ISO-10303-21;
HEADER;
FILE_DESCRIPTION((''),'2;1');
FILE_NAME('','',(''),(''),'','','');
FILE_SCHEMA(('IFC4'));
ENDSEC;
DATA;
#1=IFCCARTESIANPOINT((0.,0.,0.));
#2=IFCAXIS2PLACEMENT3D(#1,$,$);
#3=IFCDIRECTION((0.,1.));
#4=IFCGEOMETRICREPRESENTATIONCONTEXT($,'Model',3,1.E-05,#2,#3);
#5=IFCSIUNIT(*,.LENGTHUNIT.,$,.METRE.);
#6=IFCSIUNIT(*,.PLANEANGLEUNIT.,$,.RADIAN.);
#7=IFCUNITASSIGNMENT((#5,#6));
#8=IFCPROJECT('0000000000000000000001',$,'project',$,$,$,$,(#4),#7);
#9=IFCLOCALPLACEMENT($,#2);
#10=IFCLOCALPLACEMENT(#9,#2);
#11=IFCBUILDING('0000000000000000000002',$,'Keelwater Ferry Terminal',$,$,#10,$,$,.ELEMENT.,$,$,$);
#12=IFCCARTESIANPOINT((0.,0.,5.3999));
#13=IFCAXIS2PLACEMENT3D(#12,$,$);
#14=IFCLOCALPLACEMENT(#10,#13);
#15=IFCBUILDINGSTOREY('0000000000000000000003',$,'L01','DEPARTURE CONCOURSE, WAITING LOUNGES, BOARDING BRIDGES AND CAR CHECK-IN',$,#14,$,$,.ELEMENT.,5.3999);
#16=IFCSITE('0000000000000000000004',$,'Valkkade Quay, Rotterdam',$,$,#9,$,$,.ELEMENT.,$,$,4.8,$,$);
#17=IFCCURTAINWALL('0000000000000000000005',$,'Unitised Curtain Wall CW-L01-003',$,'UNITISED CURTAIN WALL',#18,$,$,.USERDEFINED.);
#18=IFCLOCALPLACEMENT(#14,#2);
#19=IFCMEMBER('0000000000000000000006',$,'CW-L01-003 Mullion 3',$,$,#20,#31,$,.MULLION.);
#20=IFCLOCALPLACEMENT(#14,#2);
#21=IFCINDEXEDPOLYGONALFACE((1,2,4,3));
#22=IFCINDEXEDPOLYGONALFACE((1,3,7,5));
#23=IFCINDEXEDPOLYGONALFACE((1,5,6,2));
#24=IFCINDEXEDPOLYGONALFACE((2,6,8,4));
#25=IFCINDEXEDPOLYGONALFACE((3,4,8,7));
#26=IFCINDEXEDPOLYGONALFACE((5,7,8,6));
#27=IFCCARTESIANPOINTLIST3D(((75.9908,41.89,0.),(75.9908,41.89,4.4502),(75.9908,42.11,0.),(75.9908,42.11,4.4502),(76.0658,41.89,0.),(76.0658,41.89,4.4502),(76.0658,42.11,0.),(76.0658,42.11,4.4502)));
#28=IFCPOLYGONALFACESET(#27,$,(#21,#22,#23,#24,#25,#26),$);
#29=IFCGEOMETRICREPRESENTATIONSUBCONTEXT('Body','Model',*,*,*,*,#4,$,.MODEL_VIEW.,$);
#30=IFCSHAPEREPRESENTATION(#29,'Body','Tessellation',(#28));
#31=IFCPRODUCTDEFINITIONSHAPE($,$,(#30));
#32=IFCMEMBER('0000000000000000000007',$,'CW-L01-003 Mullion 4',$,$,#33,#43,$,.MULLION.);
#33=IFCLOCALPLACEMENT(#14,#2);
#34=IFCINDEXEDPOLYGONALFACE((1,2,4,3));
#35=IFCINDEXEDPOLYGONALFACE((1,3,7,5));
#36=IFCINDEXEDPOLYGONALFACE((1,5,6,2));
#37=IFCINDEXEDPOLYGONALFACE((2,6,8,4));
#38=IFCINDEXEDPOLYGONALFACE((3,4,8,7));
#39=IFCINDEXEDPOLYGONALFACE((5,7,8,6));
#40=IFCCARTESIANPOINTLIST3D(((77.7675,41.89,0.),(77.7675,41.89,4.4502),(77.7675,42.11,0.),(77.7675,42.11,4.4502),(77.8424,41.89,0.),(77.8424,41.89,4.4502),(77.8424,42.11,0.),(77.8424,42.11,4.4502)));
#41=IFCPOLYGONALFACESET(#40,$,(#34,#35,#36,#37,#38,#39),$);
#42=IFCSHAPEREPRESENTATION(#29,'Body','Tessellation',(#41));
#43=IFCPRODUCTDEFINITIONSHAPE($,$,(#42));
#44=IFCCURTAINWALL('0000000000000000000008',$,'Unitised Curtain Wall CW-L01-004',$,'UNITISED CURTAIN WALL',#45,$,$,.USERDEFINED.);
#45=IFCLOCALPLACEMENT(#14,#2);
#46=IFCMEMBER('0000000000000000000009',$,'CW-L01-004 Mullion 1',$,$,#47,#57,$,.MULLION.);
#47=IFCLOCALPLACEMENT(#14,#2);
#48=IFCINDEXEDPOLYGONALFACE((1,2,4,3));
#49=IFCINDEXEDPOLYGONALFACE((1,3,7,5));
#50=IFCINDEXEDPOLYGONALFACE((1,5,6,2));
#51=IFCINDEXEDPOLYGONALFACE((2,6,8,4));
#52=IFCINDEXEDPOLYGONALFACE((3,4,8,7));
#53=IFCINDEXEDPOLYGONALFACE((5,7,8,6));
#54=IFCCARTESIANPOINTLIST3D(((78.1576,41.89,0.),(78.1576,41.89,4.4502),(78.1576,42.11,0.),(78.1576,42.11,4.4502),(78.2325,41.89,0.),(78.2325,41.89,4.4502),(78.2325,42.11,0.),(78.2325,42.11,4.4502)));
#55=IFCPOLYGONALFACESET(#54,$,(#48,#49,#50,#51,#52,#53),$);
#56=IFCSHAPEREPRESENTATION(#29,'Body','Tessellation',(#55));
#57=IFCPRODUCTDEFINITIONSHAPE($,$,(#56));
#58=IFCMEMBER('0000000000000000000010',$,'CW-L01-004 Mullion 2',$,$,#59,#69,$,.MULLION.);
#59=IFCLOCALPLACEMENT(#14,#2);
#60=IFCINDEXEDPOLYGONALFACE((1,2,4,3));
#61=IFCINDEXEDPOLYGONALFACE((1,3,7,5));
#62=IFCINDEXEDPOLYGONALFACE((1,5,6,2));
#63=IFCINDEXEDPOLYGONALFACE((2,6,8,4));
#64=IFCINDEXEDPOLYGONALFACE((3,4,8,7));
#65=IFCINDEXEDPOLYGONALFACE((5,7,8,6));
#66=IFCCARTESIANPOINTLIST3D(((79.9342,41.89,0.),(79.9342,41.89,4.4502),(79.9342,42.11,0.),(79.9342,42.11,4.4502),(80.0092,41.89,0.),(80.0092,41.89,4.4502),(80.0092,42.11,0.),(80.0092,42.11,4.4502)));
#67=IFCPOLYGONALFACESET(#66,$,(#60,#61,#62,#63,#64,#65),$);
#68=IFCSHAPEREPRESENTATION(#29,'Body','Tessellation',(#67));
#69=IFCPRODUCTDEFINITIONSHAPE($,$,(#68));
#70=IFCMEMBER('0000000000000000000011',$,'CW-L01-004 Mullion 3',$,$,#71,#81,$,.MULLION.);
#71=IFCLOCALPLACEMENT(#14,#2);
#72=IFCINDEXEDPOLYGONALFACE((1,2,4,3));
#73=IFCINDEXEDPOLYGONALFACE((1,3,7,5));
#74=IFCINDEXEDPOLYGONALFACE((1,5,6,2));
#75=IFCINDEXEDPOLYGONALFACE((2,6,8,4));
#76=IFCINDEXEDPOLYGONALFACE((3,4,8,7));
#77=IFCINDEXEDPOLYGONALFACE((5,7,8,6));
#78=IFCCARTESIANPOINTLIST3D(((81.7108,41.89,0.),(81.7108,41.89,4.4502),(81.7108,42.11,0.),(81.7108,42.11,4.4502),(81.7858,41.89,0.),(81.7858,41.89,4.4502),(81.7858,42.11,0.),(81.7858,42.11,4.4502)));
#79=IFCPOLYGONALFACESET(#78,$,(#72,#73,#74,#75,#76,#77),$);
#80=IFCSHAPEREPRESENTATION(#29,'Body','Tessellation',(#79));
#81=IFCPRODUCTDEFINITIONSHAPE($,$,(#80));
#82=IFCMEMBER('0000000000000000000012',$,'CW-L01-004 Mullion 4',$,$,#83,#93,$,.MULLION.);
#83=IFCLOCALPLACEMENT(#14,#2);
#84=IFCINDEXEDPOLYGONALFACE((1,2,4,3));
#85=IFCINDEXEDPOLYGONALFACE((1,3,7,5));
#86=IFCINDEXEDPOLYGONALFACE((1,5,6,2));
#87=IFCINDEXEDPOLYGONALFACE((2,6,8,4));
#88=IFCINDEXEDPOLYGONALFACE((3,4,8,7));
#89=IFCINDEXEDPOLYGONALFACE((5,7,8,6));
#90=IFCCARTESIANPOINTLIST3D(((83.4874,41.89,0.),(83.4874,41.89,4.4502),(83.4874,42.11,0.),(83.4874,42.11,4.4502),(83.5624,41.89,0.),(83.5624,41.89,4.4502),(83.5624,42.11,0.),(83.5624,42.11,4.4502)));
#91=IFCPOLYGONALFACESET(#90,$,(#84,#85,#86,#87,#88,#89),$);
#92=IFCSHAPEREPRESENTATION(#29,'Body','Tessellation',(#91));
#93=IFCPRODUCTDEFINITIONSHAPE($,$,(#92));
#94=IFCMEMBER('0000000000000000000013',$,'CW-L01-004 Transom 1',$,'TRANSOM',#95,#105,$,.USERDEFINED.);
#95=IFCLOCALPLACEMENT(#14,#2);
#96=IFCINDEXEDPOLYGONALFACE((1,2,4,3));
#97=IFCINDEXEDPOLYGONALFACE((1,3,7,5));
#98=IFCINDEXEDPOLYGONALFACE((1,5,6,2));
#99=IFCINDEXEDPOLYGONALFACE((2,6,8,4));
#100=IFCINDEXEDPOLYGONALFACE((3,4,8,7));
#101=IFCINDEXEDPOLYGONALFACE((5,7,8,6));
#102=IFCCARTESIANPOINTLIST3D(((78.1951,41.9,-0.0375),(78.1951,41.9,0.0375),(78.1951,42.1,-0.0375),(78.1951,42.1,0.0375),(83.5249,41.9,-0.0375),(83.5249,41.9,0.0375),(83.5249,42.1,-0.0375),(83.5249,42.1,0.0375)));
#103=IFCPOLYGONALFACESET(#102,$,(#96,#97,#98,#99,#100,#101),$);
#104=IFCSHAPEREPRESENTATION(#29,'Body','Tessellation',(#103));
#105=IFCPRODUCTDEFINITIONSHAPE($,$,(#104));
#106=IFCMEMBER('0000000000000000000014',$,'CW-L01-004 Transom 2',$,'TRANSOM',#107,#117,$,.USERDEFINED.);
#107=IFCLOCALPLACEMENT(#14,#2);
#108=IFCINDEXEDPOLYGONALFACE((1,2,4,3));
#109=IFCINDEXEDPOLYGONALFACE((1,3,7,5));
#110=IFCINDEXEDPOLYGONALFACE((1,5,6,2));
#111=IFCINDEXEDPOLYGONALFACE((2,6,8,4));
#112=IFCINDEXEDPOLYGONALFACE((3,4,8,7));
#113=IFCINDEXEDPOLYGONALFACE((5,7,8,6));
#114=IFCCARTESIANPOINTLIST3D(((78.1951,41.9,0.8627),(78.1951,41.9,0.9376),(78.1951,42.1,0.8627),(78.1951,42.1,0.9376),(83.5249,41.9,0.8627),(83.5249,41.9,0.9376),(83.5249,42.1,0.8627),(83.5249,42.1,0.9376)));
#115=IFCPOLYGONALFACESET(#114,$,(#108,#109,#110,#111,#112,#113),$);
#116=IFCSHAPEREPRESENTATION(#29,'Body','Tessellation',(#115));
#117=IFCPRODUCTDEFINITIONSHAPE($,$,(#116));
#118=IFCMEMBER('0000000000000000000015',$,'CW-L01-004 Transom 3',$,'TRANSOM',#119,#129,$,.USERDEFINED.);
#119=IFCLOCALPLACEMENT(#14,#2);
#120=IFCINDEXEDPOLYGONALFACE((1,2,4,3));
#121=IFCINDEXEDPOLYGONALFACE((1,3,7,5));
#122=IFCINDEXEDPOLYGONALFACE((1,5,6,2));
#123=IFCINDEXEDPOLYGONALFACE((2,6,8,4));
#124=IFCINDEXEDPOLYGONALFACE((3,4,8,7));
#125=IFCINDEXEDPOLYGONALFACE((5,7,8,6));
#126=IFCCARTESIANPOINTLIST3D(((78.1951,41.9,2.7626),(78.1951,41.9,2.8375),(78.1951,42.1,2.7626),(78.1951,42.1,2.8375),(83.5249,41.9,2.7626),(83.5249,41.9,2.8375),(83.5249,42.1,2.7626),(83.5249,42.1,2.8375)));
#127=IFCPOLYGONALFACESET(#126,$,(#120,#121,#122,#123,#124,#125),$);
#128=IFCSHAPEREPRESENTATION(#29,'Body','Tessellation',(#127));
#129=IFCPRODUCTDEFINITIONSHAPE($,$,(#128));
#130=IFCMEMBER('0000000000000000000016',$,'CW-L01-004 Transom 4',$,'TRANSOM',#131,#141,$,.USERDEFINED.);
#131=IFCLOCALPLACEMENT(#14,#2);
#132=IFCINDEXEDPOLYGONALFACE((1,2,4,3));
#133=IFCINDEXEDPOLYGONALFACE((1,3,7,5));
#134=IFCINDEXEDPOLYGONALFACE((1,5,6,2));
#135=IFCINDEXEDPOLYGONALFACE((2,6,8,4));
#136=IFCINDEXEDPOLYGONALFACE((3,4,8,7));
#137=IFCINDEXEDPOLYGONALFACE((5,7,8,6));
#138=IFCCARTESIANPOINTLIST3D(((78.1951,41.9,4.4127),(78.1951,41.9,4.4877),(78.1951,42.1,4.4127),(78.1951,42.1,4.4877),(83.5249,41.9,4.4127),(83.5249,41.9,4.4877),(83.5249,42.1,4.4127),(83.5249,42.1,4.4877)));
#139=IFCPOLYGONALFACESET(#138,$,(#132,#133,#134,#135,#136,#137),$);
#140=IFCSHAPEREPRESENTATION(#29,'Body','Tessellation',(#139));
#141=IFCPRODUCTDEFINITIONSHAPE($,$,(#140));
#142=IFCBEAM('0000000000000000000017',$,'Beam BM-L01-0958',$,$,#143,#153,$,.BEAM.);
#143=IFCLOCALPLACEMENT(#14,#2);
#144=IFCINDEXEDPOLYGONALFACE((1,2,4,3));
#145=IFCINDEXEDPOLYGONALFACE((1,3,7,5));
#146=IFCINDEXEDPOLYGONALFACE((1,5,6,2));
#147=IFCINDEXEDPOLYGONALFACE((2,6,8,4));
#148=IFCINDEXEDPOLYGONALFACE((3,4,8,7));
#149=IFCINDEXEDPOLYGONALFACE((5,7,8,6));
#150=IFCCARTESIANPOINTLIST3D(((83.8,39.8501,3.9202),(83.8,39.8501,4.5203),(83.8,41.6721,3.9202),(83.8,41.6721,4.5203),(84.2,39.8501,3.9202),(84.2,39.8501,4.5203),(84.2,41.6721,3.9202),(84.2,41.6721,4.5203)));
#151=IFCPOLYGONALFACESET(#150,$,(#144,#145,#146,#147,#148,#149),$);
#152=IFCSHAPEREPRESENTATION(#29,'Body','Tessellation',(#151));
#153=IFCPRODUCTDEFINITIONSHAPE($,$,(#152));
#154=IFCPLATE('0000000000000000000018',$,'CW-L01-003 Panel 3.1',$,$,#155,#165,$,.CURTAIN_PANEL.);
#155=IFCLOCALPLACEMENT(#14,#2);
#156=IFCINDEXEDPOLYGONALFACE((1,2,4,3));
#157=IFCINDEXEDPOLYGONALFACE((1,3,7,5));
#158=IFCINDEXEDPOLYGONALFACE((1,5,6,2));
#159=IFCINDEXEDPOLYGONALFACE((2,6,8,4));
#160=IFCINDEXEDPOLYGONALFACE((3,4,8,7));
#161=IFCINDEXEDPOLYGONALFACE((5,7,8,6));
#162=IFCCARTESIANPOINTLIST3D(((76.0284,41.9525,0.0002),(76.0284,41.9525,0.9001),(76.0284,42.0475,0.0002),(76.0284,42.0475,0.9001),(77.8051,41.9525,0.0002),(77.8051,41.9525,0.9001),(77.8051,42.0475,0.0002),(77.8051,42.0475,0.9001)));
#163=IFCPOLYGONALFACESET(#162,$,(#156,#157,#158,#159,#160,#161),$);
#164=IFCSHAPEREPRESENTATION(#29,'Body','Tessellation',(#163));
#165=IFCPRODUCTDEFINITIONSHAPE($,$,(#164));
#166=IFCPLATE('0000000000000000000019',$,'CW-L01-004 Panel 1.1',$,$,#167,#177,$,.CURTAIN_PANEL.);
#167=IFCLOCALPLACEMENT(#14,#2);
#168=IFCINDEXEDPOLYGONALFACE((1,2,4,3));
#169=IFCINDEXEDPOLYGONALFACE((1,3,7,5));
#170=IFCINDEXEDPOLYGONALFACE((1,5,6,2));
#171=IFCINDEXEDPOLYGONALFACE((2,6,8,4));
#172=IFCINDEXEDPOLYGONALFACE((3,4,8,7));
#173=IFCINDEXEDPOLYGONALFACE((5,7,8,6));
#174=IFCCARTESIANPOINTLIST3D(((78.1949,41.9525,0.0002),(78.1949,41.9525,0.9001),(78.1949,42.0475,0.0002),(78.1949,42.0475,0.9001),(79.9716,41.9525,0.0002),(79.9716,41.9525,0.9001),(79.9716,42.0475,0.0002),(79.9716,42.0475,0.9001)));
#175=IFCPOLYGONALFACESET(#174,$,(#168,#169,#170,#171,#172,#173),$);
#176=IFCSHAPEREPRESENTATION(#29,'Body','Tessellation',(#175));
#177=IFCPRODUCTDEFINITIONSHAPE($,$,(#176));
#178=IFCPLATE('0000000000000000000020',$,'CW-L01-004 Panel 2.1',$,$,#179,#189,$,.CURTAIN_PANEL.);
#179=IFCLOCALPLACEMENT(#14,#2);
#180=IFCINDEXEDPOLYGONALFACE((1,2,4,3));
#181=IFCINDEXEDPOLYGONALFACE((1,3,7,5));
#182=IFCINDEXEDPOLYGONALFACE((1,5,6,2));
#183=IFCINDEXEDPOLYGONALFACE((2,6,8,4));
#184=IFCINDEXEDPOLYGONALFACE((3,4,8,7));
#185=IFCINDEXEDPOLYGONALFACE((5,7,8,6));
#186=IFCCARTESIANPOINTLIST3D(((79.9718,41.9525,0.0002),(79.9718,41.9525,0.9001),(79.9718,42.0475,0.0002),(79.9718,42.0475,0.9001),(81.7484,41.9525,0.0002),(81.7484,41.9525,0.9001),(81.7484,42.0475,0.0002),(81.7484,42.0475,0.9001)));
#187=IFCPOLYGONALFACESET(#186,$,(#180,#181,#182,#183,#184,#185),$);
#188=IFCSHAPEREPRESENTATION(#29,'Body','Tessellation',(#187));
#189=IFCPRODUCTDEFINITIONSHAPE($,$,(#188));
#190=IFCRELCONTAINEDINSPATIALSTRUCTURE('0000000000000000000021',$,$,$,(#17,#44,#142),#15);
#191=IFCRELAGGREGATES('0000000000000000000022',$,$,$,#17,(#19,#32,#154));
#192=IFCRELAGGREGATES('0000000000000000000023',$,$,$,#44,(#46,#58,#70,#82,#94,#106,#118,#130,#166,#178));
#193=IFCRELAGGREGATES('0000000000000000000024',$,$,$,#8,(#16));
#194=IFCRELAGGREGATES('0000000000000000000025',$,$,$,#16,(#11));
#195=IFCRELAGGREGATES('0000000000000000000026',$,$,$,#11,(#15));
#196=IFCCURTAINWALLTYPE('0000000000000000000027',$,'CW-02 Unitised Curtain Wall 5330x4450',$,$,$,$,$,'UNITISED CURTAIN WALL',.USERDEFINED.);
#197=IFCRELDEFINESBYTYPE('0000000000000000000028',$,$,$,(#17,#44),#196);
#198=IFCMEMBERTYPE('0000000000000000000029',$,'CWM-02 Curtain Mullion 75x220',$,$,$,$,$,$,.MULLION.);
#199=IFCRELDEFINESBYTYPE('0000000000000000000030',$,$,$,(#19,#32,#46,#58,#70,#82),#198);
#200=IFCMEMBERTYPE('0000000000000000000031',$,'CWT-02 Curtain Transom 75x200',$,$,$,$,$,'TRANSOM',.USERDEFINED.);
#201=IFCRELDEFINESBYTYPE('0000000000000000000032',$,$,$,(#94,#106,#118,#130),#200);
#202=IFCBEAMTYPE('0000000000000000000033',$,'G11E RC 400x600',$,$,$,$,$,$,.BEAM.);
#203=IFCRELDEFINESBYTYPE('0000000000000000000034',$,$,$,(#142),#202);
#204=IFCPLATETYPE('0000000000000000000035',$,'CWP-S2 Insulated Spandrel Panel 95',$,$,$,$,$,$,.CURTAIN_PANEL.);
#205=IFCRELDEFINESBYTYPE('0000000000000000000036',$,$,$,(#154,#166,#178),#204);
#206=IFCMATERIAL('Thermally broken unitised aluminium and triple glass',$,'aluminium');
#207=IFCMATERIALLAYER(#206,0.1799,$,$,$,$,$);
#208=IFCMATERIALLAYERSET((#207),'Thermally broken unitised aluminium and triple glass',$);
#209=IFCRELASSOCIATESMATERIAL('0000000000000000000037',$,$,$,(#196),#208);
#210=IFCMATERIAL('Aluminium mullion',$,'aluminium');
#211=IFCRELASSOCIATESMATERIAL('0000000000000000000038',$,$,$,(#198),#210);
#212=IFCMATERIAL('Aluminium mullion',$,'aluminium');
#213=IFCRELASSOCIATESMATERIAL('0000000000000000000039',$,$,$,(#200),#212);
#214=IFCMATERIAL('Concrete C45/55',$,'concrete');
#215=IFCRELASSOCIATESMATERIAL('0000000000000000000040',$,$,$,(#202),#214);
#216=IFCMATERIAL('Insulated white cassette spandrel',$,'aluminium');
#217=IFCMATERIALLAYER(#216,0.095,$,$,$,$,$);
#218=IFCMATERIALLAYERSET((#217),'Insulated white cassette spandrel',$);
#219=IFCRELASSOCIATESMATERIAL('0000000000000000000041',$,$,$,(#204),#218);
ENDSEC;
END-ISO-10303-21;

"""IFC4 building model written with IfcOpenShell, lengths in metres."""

from ifc_helpers import new_model, si_unit, direction, frame, origin, origin_2d, place, context, subcontext, project, spatial, rectangle, extrude, material, layer, layer_set, material_profile, profile_set, type_object, element, aggregate, save


model = new_model("IFC4")

# Units and contexts
model_context = context("Model", 3, precision=1e-05, world=origin(), true_north=direction((0.0, 1.0)))
body_context = subcontext(model_context, "Body", "Model", "MODEL_VIEW")
ifc_project = project(units=[si_unit("LENGTHUNIT", "METRE"), si_unit("PLANEANGLEUNIT", "RADIAN")], contexts=[model_context])

# Site, building, storey
site_placement = place(None, origin())
site = spatial("IfcSite", under=ifc_project, at=site_placement, Name="Valkkade Quay, Rotterdam", CompositionType="ELEMENT", RefElevation=4.8)
building_placement = place(site_placement, origin())
building = spatial("IfcBuilding", under=site, at=building_placement, Name="Keelwater Ferry Terminal", CompositionType="ELEMENT")
storey_placement = place(building_placement, frame((0.0, 0.0, 5.3999)))
storey = spatial("IfcBuildingStorey", under=building, at=storey_placement, Name="L01", Description="DEPARTURE CONCOURSE, WAITING LOUNGES, BOARDING BRIDGES AND CAR CHECK-IN", CompositionType="ELEMENT", Elevation=5.3999)

# Curtain walls, members
ifc_material_1 = material(Name="Thermally broken unitised aluminium and triple glass", Category="aluminium")
ifc_layer_1 = layer(ifc_material_1, 0.1799)
ifc_layer_set_1 = layer_set([ifc_layer_1], Name="Thermally broken unitised aluminium and triple glass")
curtain_wall_type = type_object("IfcCurtainWallType", Name="CW-02 Unitised Curtain Wall 5330x4450", ElementType="UNITISED CURTAIN WALL", PredefinedType="USERDEFINED", material=ifc_layer_set_1)
curtain_wall_1_placement = place(storey_placement, origin())
curtain_wall_1 = element("IfcCurtainWall", 1, at=curtain_wall_1_placement, inside=storey, type_object=curtain_wall_type, Name="Unitised Curtain Wall CW-L01-003", ObjectType="UNITISED CURTAIN WALL", PredefinedType="USERDEFINED")
ifc_material_2 = material(Name="Aluminium mullion", Category="aluminium")
ifc_material_profile_1 = material_profile(ifc_material_2, rectangle(XDim=0.075, YDim=0.22, at=origin_2d()), Name="CWM-02")
ifc_profile_set_1 = profile_set([ifc_material_profile_1], Name="Aluminium mullion")
member_type_1 = type_object("IfcMemberType", Name="CWM-02 Curtain Mullion 75x220", PredefinedType="MULLION", material=ifc_profile_set_1)
member_1_placement = place(storey_placement, frame((76.0283, 42.0, 0.0), z_axis=(0.0, 0.0, 1.0), x_axis=(1.0, 0.0, 0.0)))
member_1 = element("IfcMember", 2, at=member_1_placement, type_object=member_type_1, Name="CW-L01-003 Mullion 3", PredefinedType="MULLION", context=body_context, shape_type="SweptSolid", body=[
    extrude(rectangle(XDim=0.075, YDim=0.22, at=origin_2d()), origin(), (0.0, 0.0, 1.0), 4.4502),
])
member_2_placement = place(storey_placement, frame((77.8049, 42.0, 0.0), z_axis=(0.0, 0.0, 1.0), x_axis=(1.0, 0.0, 0.0)))
member_2 = element("IfcMember", 3, at=member_2_placement, type_object=member_type_1, Name="CW-L01-003 Mullion 4", PredefinedType="MULLION", context=body_context, shape_type="SweptSolid", body=[
    extrude(rectangle(XDim=0.075, YDim=0.22, at=origin_2d()), origin(), (0.0, 0.0, 1.0), 4.4502),
])
curtain_wall_2_placement = place(storey_placement, origin())
curtain_wall_2 = element("IfcCurtainWall", 4, at=curtain_wall_2_placement, inside=storey, type_object=curtain_wall_type, Name="Unitised Curtain Wall CW-L01-004", ObjectType="UNITISED CURTAIN WALL", PredefinedType="USERDEFINED")
member_3_placement = place(storey_placement, frame((78.1951, 42.0, 0.0), z_axis=(0.0, 0.0, 1.0), x_axis=(1.0, 0.0, 0.0)))
member_3 = element("IfcMember", 5, at=member_3_placement, type_object=member_type_1, Name="CW-L01-004 Mullion 1", PredefinedType="MULLION", context=body_context, shape_type="SweptSolid", body=[
    extrude(rectangle(XDim=0.075, YDim=0.22, at=origin_2d()), origin(), (0.0, 0.0, 1.0), 4.4502),
])
member_4_placement = place(storey_placement, frame((79.9717, 42.0, 0.0), z_axis=(0.0, 0.0, 1.0), x_axis=(1.0, 0.0, 0.0)))
member_4 = element("IfcMember", 6, at=member_4_placement, type_object=member_type_1, Name="CW-L01-004 Mullion 2", PredefinedType="MULLION", context=body_context, shape_type="SweptSolid", body=[
    extrude(rectangle(XDim=0.075, YDim=0.22, at=origin_2d()), origin(), (0.0, 0.0, 1.0), 4.4502),
])
member_5_placement = place(storey_placement, frame((81.7483, 42.0, 0.0), z_axis=(0.0, 0.0, 1.0), x_axis=(1.0, 0.0, 0.0)))
member_5 = element("IfcMember", 7, at=member_5_placement, type_object=member_type_1, Name="CW-L01-004 Mullion 3", PredefinedType="MULLION", context=body_context, shape_type="SweptSolid", body=[
    extrude(rectangle(XDim=0.075, YDim=0.22, at=origin_2d()), origin(), (0.0, 0.0, 1.0), 4.4502),
])
member_6_placement = place(storey_placement, frame((83.5249, 42.0, 0.0), z_axis=(0.0, 0.0, 1.0), x_axis=(1.0, 0.0, 0.0)))
member_6 = element("IfcMember", 8, at=member_6_placement, type_object=member_type_1, Name="CW-L01-004 Mullion 4", PredefinedType="MULLION", context=body_context, shape_type="SweptSolid", body=[
    extrude(rectangle(XDim=0.075, YDim=0.22, at=origin_2d()), origin(), (0.0, 0.0, 1.0), 4.4502),
])
ifc_material_3 = material(Name="Aluminium mullion", Category="aluminium")
ifc_material_profile_2 = material_profile(ifc_material_3, rectangle(XDim=0.2, YDim=0.075, at=origin_2d()), Name="CWT-02")
ifc_profile_set_2 = profile_set([ifc_material_profile_2], Name="Aluminium mullion")
member_type_2 = type_object("IfcMemberType", Name="CWT-02 Curtain Transom 75x200", ElementType="TRANSOM", PredefinedType="USERDEFINED", material=ifc_profile_set_2)
member_7_placement = place(storey_placement, frame((78.1951, 42.0, 0.0), z_axis=(1.0, 0.0, 0.0), x_axis=(0.0, 1.0, 0.0)))
member_7 = element("IfcMember", 9, at=member_7_placement, type_object=member_type_2, Name="CW-L01-004 Transom 1", ObjectType="TRANSOM", PredefinedType="USERDEFINED", context=body_context, shape_type="SweptSolid", body=[
    extrude(rectangle(XDim=0.2, YDim=0.075, at=origin_2d()), origin(), (0.0, 0.0, 1.0), 5.3298),
])
member_8_placement = place(storey_placement, frame((78.1951, 42.0, 0.9001), z_axis=(1.0, 0.0, 0.0), x_axis=(0.0, 1.0, 0.0)))
member_8 = element("IfcMember", 10, at=member_8_placement, type_object=member_type_2, Name="CW-L01-004 Transom 2", ObjectType="TRANSOM", PredefinedType="USERDEFINED", context=body_context, shape_type="SweptSolid", body=[
    extrude(rectangle(XDim=0.2, YDim=0.075, at=origin_2d()), origin(), (0.0, 0.0, 1.0), 5.3298),
])
member_9_placement = place(storey_placement, frame((78.1951, 42.0, 2.8), z_axis=(1.0, 0.0, 0.0), x_axis=(0.0, 1.0, 0.0)))
member_9 = element("IfcMember", 11, at=member_9_placement, type_object=member_type_2, Name="CW-L01-004 Transom 3", ObjectType="TRANSOM", PredefinedType="USERDEFINED", context=body_context, shape_type="SweptSolid", body=[
    extrude(rectangle(XDim=0.2, YDim=0.075, at=origin_2d()), origin(), (0.0, 0.0, 1.0), 5.3298),
])
member_10_placement = place(storey_placement, frame((78.1951, 42.0, 4.4502), z_axis=(1.0, 0.0, 0.0), x_axis=(0.0, 1.0, 0.0)))
member_10 = element("IfcMember", 12, at=member_10_placement, type_object=member_type_2, Name="CW-L01-004 Transom 4", ObjectType="TRANSOM", PredefinedType="USERDEFINED", context=body_context, shape_type="SweptSolid", body=[
    extrude(rectangle(XDim=0.2, YDim=0.075, at=origin_2d()), origin(), (0.0, 0.0, 1.0), 5.3298),
])

# Beam
ifc_material_4 = material(Name="Concrete C45/55", Category="concrete")
ifc_material_profile_3 = material_profile(ifc_material_4, rectangle(XDim=0.3999, YDim=0.6001, at=origin_2d()), Name="RC 400x600")
ifc_profile_set_3 = profile_set([ifc_material_profile_3], Name="Concrete C45/55")
beam_type = type_object("IfcBeamType", Name="G11E RC 400x600", PredefinedType="BEAM", material=ifc_profile_set_3)
beam_placement = place(storey_placement, frame((84.0, 41.6721, 4.2202), z_axis=(0.0, -1.0, 0.0), x_axis=(1.0, 0.0, 0.0)))
element("IfcBeam", 13, at=beam_placement, inside=storey, type_object=beam_type, Name="Beam BM-L01-0958", PredefinedType="BEAM", context=body_context, shape_type="SweptSolid", body=[
    extrude(rectangle(XDim=0.3999, YDim=0.6001, at=origin_2d()), origin(), (0.0, 0.0, 1.0), 1.822),
])

# Plates
ifc_material_5 = material(Name="Insulated white cassette spandrel", Category="aluminium")
ifc_layer_2 = layer(ifc_material_5, 0.095)
ifc_layer_set_2 = layer_set([ifc_layer_2], Name="Insulated white cassette spandrel")
plate_type_1 = type_object("IfcPlateType", Name="CWP-S2 Insulated Spandrel Panel 95", PredefinedType="CURTAIN_PANEL", material=ifc_layer_set_2)
plate_1_placement = place(storey_placement, frame((76.9167, 42.0, 0.0002), z_axis=(0.0, 0.0, 1.0), x_axis=(1.0, 0.0, 0.0)))
plate_1 = element("IfcPlate", 14, at=plate_1_placement, type_object=plate_type_1, Name="CW-L01-003 Panel 3.1", PredefinedType="CURTAIN_PANEL", context=body_context, shape_type="SweptSolid", body=[
    extrude(rectangle(XDim=1.7766, YDim=0.095, at=origin_2d()), origin(), (0.0, 0.0, 1.0), 0.8999),
])
plate_2_placement = place(storey_placement, frame((79.0833, 42.0, 0.0002), z_axis=(0.0, 0.0, 1.0), x_axis=(1.0, 0.0, 0.0)))
plate_2 = element("IfcPlate", 15, at=plate_2_placement, type_object=plate_type_1, Name="CW-L01-004 Panel 1.1", PredefinedType="CURTAIN_PANEL", context=body_context, shape_type="SweptSolid", body=[
    extrude(rectangle(XDim=1.7766, YDim=0.095, at=origin_2d()), origin(), (0.0, 0.0, 1.0), 0.8999),
])
plate_3_placement = place(storey_placement, frame((80.8601, 42.0, 0.0002), z_axis=(0.0, 0.0, 1.0), x_axis=(1.0, 0.0, 0.0)))
plate_3 = element("IfcPlate", 16, at=plate_3_placement, type_object=plate_type_1, Name="CW-L01-004 Panel 2.1", PredefinedType="CURTAIN_PANEL", context=body_context, shape_type="SweptSolid", body=[
    extrude(rectangle(XDim=1.7766, YDim=0.095, at=origin_2d()), origin(), (0.0, 0.0, 1.0), 0.8999),
])
aggregate(curtain_wall_1, [member_1, member_2, plate_1])
aggregate(curtain_wall_2, [member_3, member_4, member_5, member_6, member_7, member_8, member_9, member_10, plate_2, plate_3])

save(model, "model.ifc")
